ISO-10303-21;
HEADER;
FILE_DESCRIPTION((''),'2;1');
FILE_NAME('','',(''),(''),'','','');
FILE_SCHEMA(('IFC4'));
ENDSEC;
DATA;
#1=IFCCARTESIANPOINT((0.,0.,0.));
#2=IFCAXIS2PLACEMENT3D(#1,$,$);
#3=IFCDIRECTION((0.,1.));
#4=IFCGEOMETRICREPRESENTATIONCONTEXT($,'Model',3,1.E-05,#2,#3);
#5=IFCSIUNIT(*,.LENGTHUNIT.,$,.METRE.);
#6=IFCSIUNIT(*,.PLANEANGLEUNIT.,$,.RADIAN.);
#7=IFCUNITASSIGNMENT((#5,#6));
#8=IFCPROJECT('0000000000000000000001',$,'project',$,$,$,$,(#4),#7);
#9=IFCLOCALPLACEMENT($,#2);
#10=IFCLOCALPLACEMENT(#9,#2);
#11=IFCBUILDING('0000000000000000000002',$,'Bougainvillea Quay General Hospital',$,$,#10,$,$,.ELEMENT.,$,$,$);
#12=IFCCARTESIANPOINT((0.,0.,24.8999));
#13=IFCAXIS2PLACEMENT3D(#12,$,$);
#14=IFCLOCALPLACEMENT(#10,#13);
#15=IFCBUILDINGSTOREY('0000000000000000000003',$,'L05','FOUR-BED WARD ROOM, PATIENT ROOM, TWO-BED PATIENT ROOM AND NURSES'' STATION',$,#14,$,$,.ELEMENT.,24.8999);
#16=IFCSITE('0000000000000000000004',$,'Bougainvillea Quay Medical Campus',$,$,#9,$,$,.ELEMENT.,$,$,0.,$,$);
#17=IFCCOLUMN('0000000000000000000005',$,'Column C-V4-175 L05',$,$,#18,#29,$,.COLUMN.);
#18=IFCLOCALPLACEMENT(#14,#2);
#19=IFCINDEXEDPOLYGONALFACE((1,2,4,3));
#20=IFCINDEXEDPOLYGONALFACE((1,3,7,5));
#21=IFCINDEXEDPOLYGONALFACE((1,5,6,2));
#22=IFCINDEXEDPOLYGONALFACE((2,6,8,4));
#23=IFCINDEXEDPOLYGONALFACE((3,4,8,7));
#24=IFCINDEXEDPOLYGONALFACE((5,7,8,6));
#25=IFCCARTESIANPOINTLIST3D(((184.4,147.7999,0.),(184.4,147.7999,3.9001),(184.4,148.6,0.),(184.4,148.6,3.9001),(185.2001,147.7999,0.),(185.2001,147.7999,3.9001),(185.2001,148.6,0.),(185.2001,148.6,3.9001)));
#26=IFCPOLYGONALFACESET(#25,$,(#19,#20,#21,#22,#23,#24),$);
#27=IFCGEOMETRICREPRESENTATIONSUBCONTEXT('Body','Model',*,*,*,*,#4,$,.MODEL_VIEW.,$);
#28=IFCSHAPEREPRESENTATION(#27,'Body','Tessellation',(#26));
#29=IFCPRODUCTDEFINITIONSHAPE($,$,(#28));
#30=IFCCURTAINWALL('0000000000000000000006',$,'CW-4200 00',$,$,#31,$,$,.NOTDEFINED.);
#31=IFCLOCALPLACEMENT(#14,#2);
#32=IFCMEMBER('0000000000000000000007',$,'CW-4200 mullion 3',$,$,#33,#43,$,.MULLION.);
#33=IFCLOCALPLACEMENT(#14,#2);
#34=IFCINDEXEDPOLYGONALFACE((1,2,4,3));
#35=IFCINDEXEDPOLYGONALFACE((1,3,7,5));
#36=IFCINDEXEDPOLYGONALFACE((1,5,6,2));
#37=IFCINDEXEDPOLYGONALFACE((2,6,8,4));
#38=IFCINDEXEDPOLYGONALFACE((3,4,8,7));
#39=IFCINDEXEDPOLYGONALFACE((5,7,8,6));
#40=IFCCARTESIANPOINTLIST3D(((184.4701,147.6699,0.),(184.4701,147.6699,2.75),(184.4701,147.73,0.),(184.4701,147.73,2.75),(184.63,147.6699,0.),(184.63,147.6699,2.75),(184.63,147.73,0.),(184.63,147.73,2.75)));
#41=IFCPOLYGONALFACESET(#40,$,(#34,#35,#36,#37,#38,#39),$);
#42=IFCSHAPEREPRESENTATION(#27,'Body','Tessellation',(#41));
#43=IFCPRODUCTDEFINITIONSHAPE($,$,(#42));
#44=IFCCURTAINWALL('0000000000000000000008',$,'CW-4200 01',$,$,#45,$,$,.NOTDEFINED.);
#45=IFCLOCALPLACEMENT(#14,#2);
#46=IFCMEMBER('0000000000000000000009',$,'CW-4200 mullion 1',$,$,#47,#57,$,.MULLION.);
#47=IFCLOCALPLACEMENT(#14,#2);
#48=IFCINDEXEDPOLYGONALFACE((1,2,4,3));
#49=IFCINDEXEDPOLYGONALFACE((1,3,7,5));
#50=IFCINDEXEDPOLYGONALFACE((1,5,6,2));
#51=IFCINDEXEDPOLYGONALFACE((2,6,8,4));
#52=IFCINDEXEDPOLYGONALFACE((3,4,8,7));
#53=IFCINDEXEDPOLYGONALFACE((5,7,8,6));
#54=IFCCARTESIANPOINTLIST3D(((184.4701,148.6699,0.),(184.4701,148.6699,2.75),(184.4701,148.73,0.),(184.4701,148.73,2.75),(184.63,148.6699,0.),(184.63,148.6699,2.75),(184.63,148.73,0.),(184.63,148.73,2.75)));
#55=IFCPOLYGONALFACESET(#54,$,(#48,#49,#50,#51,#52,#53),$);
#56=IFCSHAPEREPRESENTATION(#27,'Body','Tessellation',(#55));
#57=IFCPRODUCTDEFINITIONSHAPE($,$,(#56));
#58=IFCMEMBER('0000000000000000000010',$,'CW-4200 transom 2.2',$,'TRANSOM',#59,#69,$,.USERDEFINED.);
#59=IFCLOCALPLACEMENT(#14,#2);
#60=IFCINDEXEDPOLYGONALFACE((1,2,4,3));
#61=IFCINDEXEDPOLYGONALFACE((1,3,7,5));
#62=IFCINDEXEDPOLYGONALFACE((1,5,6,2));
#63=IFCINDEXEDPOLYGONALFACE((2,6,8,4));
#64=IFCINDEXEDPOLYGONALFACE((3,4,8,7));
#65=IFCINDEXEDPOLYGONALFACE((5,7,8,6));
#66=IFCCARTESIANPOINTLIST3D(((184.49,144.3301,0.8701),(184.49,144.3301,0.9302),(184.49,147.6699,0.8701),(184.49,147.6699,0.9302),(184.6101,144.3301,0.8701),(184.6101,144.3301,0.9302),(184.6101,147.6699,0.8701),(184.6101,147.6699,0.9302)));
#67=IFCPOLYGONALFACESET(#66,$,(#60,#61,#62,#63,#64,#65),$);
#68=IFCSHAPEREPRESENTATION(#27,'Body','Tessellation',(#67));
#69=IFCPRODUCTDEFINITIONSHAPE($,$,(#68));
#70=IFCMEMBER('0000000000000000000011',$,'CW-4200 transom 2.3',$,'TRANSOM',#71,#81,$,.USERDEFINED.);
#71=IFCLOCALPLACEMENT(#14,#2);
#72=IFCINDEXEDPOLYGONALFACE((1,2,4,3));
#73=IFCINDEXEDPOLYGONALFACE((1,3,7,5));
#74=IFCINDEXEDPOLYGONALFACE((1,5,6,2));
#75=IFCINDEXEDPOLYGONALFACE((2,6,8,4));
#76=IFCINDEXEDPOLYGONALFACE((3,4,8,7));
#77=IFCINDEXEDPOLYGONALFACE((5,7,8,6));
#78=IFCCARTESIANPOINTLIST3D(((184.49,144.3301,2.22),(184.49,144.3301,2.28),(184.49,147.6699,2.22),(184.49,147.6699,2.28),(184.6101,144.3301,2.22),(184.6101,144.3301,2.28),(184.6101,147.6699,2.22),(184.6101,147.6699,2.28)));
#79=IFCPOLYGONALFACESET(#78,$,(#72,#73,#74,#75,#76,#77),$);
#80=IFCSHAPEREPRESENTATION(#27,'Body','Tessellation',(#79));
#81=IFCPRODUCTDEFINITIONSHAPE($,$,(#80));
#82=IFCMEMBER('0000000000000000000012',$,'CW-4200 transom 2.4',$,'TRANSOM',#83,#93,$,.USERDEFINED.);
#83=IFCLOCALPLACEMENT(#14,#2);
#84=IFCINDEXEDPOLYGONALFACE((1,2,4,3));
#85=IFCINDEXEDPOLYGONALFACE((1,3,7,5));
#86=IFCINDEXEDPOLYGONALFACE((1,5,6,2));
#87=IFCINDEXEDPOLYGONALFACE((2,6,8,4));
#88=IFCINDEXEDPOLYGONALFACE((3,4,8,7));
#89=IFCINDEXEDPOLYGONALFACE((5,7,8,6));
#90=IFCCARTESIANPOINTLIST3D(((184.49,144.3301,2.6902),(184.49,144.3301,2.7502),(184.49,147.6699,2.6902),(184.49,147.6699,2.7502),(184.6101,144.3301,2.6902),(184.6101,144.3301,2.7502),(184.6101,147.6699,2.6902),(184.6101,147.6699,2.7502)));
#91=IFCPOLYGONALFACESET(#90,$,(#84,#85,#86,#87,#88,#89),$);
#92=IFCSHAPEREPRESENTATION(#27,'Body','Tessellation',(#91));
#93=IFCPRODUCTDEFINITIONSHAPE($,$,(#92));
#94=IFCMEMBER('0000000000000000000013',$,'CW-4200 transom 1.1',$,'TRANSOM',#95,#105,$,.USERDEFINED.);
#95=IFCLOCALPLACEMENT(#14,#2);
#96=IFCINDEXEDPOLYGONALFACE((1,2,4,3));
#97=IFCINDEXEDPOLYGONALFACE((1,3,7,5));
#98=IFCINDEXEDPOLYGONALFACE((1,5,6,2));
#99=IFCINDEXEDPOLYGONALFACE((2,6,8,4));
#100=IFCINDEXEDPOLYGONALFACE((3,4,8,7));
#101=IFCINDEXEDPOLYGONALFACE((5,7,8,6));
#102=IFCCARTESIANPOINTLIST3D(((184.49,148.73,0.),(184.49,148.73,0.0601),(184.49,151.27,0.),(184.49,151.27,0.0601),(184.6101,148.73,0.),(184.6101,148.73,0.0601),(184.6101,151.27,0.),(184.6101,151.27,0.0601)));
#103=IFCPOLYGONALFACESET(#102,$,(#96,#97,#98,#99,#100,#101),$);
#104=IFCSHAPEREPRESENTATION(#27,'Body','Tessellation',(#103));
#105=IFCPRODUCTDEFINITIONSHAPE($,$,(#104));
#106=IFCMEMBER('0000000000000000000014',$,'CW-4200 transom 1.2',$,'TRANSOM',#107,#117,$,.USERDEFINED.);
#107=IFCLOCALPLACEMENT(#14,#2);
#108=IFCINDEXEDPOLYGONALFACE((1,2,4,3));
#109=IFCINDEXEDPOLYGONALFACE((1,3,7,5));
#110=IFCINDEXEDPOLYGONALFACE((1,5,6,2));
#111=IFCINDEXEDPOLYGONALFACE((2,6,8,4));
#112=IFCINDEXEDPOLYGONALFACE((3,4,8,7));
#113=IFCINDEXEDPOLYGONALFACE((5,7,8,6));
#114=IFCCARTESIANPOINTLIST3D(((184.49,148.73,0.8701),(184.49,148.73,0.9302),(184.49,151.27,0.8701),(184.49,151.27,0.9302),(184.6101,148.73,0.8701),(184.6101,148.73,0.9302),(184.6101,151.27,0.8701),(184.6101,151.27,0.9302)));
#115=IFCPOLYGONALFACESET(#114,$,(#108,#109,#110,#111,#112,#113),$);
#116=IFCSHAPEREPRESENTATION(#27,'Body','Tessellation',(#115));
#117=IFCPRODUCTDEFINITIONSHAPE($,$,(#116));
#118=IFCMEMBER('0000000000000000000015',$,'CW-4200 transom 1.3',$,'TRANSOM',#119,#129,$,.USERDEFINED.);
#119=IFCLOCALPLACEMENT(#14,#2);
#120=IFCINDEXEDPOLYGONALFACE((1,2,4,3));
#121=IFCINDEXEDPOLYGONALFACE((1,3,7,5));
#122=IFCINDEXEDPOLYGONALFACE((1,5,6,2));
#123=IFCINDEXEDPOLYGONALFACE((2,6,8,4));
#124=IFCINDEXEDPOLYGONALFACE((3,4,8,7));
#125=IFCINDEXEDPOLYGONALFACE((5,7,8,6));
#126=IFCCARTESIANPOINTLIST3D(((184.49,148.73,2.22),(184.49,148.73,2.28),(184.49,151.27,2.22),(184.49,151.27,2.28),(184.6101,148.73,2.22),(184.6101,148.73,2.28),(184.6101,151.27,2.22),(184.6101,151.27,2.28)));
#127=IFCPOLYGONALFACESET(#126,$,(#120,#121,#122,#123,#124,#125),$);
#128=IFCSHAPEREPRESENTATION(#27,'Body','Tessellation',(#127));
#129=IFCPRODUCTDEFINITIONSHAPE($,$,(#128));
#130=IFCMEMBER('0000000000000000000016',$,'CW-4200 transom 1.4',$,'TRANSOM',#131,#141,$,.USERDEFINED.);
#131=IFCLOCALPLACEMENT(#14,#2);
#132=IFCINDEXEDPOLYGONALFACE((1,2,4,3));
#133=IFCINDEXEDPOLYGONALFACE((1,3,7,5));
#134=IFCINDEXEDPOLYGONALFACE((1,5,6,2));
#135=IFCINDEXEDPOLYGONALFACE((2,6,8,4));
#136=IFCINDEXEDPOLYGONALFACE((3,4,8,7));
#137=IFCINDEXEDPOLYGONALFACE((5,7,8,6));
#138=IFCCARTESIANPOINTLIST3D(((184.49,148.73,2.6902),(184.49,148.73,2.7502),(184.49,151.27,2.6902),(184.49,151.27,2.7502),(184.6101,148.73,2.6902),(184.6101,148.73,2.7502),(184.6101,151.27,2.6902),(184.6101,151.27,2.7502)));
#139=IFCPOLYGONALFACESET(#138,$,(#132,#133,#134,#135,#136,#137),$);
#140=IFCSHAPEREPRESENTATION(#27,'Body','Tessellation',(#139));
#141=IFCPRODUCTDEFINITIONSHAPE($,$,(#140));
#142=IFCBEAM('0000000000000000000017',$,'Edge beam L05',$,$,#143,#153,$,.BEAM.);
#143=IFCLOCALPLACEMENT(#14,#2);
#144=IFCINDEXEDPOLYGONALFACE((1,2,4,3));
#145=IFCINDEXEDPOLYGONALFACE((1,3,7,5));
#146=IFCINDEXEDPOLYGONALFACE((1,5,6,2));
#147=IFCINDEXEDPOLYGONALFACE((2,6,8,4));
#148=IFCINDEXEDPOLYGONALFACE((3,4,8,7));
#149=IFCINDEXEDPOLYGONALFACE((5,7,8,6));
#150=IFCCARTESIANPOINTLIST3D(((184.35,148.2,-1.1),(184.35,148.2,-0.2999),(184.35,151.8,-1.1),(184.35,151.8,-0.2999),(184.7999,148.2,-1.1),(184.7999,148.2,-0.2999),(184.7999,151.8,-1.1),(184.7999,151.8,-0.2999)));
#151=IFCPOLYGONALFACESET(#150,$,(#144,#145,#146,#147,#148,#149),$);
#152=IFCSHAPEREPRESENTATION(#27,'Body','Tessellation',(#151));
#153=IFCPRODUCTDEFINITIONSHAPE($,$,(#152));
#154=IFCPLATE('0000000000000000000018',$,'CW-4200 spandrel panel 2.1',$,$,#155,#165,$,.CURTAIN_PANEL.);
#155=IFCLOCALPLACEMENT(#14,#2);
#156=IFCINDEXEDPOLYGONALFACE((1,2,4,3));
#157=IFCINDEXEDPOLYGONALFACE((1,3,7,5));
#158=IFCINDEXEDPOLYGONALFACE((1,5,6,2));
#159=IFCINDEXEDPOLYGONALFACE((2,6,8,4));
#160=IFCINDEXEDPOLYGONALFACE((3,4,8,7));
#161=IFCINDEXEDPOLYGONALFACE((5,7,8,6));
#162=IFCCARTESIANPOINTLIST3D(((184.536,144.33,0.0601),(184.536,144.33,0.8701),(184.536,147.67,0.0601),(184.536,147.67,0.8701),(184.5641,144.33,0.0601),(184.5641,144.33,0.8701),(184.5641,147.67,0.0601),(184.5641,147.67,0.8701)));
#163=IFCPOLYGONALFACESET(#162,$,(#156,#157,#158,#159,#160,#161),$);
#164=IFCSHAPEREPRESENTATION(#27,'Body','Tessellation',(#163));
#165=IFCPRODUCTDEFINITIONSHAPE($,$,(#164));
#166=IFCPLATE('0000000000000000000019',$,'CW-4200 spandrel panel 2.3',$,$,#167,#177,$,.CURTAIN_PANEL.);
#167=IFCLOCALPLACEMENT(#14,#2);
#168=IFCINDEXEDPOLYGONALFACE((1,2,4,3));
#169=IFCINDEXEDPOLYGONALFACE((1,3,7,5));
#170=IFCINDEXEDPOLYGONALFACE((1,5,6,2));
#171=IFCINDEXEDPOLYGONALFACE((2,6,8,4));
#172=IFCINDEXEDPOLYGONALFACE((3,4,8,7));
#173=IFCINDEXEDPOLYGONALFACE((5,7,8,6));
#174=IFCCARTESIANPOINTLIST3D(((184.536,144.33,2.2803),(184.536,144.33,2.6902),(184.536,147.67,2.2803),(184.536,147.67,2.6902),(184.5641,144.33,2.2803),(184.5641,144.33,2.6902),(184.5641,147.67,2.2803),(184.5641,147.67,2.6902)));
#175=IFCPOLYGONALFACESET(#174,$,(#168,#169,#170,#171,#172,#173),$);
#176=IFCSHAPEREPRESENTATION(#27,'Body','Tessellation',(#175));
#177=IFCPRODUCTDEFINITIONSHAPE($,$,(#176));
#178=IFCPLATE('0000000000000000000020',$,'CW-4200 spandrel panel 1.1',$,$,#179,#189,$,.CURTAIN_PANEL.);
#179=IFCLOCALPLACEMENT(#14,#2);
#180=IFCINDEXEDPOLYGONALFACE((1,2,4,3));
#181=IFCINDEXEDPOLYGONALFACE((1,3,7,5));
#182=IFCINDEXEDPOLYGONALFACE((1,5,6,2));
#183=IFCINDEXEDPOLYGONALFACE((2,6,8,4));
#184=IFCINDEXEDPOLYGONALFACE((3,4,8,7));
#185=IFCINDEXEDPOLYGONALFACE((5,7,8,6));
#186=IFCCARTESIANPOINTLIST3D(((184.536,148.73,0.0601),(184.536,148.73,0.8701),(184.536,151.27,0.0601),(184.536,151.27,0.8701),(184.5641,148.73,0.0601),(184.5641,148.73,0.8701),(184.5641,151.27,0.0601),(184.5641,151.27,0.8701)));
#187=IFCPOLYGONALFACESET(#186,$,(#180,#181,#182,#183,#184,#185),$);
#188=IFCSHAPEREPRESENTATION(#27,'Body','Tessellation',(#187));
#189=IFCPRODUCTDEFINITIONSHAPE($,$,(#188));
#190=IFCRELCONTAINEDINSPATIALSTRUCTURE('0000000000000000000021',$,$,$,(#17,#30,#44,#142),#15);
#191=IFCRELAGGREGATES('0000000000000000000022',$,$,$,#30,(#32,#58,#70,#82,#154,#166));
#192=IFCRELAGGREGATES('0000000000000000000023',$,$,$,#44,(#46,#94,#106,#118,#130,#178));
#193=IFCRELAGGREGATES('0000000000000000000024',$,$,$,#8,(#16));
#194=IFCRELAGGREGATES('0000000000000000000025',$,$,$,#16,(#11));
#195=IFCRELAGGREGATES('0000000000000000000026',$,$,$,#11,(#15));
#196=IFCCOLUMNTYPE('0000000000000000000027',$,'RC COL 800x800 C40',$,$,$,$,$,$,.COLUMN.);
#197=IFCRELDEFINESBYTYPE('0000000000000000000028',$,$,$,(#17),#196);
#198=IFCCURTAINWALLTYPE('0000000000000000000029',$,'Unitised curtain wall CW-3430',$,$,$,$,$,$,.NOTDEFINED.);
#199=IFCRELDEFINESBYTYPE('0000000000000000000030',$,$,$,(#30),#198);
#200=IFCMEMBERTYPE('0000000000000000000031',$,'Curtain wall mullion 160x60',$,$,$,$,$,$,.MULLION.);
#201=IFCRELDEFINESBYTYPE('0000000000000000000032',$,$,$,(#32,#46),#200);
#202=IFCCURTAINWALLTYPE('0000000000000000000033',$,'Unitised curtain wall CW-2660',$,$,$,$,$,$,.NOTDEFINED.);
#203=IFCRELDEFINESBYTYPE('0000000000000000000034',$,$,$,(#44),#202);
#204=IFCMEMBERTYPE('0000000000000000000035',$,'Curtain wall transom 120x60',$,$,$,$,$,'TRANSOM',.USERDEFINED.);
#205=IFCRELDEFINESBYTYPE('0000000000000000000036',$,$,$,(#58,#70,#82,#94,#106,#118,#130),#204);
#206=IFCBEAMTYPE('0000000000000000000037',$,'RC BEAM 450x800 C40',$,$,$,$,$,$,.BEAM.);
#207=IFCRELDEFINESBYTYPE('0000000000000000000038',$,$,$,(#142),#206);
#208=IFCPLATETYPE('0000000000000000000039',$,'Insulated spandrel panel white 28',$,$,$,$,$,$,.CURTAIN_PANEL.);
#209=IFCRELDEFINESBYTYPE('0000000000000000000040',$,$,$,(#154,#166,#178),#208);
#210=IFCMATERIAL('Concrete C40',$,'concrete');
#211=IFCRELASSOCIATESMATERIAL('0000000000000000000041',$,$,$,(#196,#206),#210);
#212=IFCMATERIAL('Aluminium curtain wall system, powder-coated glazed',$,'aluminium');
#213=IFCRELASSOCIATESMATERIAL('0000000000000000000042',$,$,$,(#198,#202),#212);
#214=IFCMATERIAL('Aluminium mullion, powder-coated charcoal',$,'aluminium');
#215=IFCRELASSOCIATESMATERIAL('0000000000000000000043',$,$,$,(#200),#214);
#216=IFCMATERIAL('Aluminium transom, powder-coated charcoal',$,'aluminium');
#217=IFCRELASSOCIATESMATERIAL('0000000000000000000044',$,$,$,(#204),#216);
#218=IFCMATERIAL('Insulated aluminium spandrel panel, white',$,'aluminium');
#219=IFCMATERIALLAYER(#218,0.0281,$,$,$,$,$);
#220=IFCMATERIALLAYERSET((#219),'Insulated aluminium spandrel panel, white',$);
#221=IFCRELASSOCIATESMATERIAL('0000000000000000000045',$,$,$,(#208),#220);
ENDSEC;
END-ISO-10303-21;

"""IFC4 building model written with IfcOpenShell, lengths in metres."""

from ifc_helpers import new_model, si_unit, direction, frame, origin, origin_2d, place, context, subcontext, project, spatial, rectangle, extrude, material, layer, layer_set, material_profile, profile_set, type_object, element, aggregate, save


model = new_model("IFC4")

# Units and contexts
model_context = context("Model", 3, precision=1e-05, world=origin(), true_north=direction((0.0, 1.0)))
body_context = subcontext(model_context, "Body", "Model", "MODEL_VIEW")
ifc_project = project(units=[si_unit("LENGTHUNIT", "METRE"), si_unit("PLANEANGLEUNIT", "RADIAN")], contexts=[model_context])

# Site, building, storey
site_placement = place(None, origin())
site = spatial("IfcSite", under=ifc_project, at=site_placement, Name="Bougainvillea Quay Medical Campus", CompositionType="ELEMENT", RefElevation=0.0)
building_placement = place(site_placement, origin())
building = spatial("IfcBuilding", under=site, at=building_placement, Name="Bougainvillea Quay General Hospital", CompositionType="ELEMENT")
storey_placement = place(building_placement, frame((0.0, 0.0, 24.8999)))
storey = spatial("IfcBuildingStorey", under=building, at=storey_placement, Name="L05", Description="FOUR-BED WARD ROOM, PATIENT ROOM, TWO-BED PATIENT ROOM AND NURSES' STATION", CompositionType="ELEMENT", Elevation=24.8999)

# Column
ifc_material_1 = material(Name="Concrete C40", Category="concrete")
ifc_material_profile_1 = material_profile(ifc_material_1, rectangle(XDim=0.8, YDim=0.8, at=origin_2d()))
ifc_profile_set_1 = profile_set([ifc_material_profile_1], Name="Concrete C40")
column_type = type_object("IfcColumnType", Name="RC COL 800x800 C40", PredefinedType="COLUMN", material=ifc_profile_set_1)
column_placement = place(storey_placement, frame((184.8, 148.2, 0.0), z_axis=(0.0, 0.0, 1.0), x_axis=(1.0, 0.0, 0.0)))
element("IfcColumn", 1, at=column_placement, inside=storey, type_object=column_type, Name="Column C-V4-175 L05", PredefinedType="COLUMN", context=body_context, shape_type="SweptSolid", body=[
    extrude(rectangle(XDim=0.8, YDim=0.8, at=origin_2d()), origin(), (0.0, 0.0, 1.0), 3.9001),
])

# Curtain walls, members
ifc_material_2 = material(Name="Aluminium curtain wall system, powder-coated glazed", Category="aluminium")
curtain_wall_type_1 = type_object("IfcCurtainWallType", Name="Unitised curtain wall CW-3430", PredefinedType="NOTDEFINED", material=ifc_material_2)
curtain_wall_1_placement = place(storey_placement, origin())
curtain_wall_1 = element("IfcCurtainWall", 2, at=curtain_wall_1_placement, inside=storey, type_object=curtain_wall_type_1, Name="CW-4200 00", PredefinedType="NOTDEFINED")
ifc_material_3 = material(Name="Aluminium mullion, powder-coated charcoal", Category="aluminium")
ifc_material_profile_2 = material_profile(ifc_material_3, rectangle(XDim=0.1599, YDim=0.0601, at=origin_2d()))
ifc_profile_set_2 = profile_set([ifc_material_profile_2], Name="Aluminium mullion, powder-coated charcoal")
member_type_1 = type_object("IfcMemberType", Name="Curtain wall mullion 160x60", PredefinedType="MULLION", material=ifc_profile_set_2)
member_1_placement = place(storey_placement, frame((184.55, 147.7, 0.0), z_axis=(0.0, 0.0, 1.0), x_axis=(-1.0, 0.0, 0.0)))
member_1 = element("IfcMember", 3, at=member_1_placement, type_object=member_type_1, Name="CW-4200 mullion 3", PredefinedType="MULLION", context=body_context, shape_type="SweptSolid", body=[
    extrude(rectangle(XDim=0.1599, YDim=0.0601, at=origin_2d()), origin(), (0.0, 0.0, 1.0), 2.75),
])
curtain_wall_type_2 = type_object("IfcCurtainWallType", Name="Unitised curtain wall CW-2660", PredefinedType="NOTDEFINED", material=ifc_material_2)
curtain_wall_2_placement = place(storey_placement, origin())
curtain_wall_2 = element("IfcCurtainWall", 4, at=curtain_wall_2_placement, inside=storey, type_object=curtain_wall_type_2, Name="CW-4200 01", PredefinedType="NOTDEFINED")
member_2_placement = place(storey_placement, frame((184.55, 148.7, 0.0), z_axis=(0.0, 0.0, 1.0), x_axis=(-1.0, 0.0, 0.0)))
member_2 = element("IfcMember", 5, at=member_2_placement, type_object=member_type_1, Name="CW-4200 mullion 1", PredefinedType="MULLION", context=body_context, shape_type="SweptSolid", body=[
    extrude(rectangle(XDim=0.1599, YDim=0.0601, at=origin_2d()), origin(), (0.0, 0.0, 1.0), 2.75),
])

# Members
ifc_material_4 = material(Name="Aluminium transom, powder-coated charcoal", Category="aluminium")
ifc_material_profile_3 = material_profile(ifc_material_4, rectangle(XDim=0.1201, YDim=0.0601, at=origin_2d()))
ifc_profile_set_3 = profile_set([ifc_material_profile_3], Name="Aluminium transom, powder-coated charcoal")
member_type_2 = type_object("IfcMemberType", Name="Curtain wall transom 120x60", ElementType="TRANSOM", PredefinedType="USERDEFINED", material=ifc_profile_set_3)
member_3_placement = place(storey_placement, frame((184.55, 144.3301, 0.9001), z_axis=(0.0, 1.0, 0.0), x_axis=(-1.0, 0.0, 0.0)))
member_3 = element("IfcMember", 6, at=member_3_placement, type_object=member_type_2, Name="CW-4200 transom 2.2", ObjectType="TRANSOM", PredefinedType="USERDEFINED", context=body_context, shape_type="SweptSolid", body=[
    extrude(rectangle(XDim=0.1201, YDim=0.0601, at=origin_2d()), origin(), (0.0, 0.0, 1.0), 3.3398),
])
member_4_placement = place(storey_placement, frame((184.55, 144.3301, 2.25), z_axis=(0.0, 1.0, 0.0), x_axis=(-1.0, 0.0, 0.0)))
member_4 = element("IfcMember", 7, at=member_4_placement, type_object=member_type_2, Name="CW-4200 transom 2.3", ObjectType="TRANSOM", PredefinedType="USERDEFINED", context=body_context, shape_type="SweptSolid", body=[
    extrude(rectangle(XDim=0.1201, YDim=0.0601, at=origin_2d()), origin(), (0.0, 0.0, 1.0), 3.3398),
])
member_5_placement = place(storey_placement, frame((184.55, 144.3301, 2.7202), z_axis=(0.0, 1.0, 0.0), x_axis=(-1.0, 0.0, 0.0)))
member_5 = element("IfcMember", 8, at=member_5_placement, type_object=member_type_2, Name="CW-4200 transom 2.4", ObjectType="TRANSOM", PredefinedType="USERDEFINED", context=body_context, shape_type="SweptSolid", body=[
    extrude(rectangle(XDim=0.1201, YDim=0.0601, at=origin_2d()), origin(), (0.0, 0.0, 1.0), 3.3398),
])
member_6_placement = place(storey_placement, frame((184.55, 148.73, 0.03), z_axis=(0.0, 1.0, 0.0), x_axis=(-1.0, 0.0, 0.0)))
member_6 = element("IfcMember", 9, at=member_6_placement, type_object=member_type_2, Name="CW-4200 transom 1.1", ObjectType="TRANSOM", PredefinedType="USERDEFINED", context=body_context, shape_type="SweptSolid", body=[
    extrude(rectangle(XDim=0.1201, YDim=0.0601, at=origin_2d()), origin(), (0.0, 0.0, 1.0), 2.54),
])
member_7_placement = place(storey_placement, frame((184.55, 148.73, 0.9001), z_axis=(0.0, 1.0, 0.0), x_axis=(-1.0, 0.0, 0.0)))
member_7 = element("IfcMember", 10, at=member_7_placement, type_object=member_type_2, Name="CW-4200 transom 1.2", ObjectType="TRANSOM", PredefinedType="USERDEFINED", context=body_context, shape_type="SweptSolid", body=[
    extrude(rectangle(XDim=0.1201, YDim=0.0601, at=origin_2d()), origin(), (0.0, 0.0, 1.0), 2.54),
])
member_8_placement = place(storey_placement, frame((184.55, 148.73, 2.25), z_axis=(0.0, 1.0, 0.0), x_axis=(-1.0, 0.0, 0.0)))
member_8 = element("IfcMember", 11, at=member_8_placement, type_object=member_type_2, Name="CW-4200 transom 1.3", ObjectType="TRANSOM", PredefinedType="USERDEFINED", context=body_context, shape_type="SweptSolid", body=[
    extrude(rectangle(XDim=0.1201, YDim=0.0601, at=origin_2d()), origin(), (0.0, 0.0, 1.0), 2.54),
])
member_9_placement = place(storey_placement, frame((184.55, 148.73, 2.7202), z_axis=(0.0, 1.0, 0.0), x_axis=(-1.0, 0.0, 0.0)))
member_9 = element("IfcMember", 12, at=member_9_placement, type_object=member_type_2, Name="CW-4200 transom 1.4", ObjectType="TRANSOM", PredefinedType="USERDEFINED", context=body_context, shape_type="SweptSolid", body=[
    extrude(rectangle(XDim=0.1201, YDim=0.0601, at=origin_2d()), origin(), (0.0, 0.0, 1.0), 2.54),
])

# Beam
ifc_material_profile_4 = material_profile(ifc_material_1, rectangle(XDim=0.45, YDim=0.8, at=origin_2d()))
ifc_profile_set_4 = profile_set([ifc_material_profile_4], Name="Concrete C40")
beam_type = type_object("IfcBeamType", Name="RC BEAM 450x800 C40", PredefinedType="BEAM", material=ifc_profile_set_4)
beam_placement = place(storey_placement, frame((184.575, 148.2, -0.7), z_axis=(0.0, 1.0, 0.0), x_axis=(-1.0, 0.0, 0.0)))
element("IfcBeam", 13, at=beam_placement, inside=storey, type_object=beam_type, Name="Edge beam L05", PredefinedType="BEAM", context=body_context, shape_type="SweptSolid", body=[
    extrude(rectangle(XDim=0.45, YDim=0.8, at=origin_2d()), origin(), (0.0, 0.0, 1.0), 3.6001),
])

# Plates
ifc_material_5 = material(Name="Insulated aluminium spandrel panel, white", Category="aluminium")
ifc_layer_1 = layer(ifc_material_5, 0.0281)
ifc_layer_set_1 = layer_set([ifc_layer_1], Name="Insulated aluminium spandrel panel, white")
plate_type_1 = type_object("IfcPlateType", Name="Insulated spandrel panel white 28", PredefinedType="CURTAIN_PANEL", material=ifc_layer_set_1)
plate_1_placement = place(storey_placement, frame((184.55, 146.0, 0.0601), z_axis=(0.0, 0.0, 1.0), x_axis=(0.0, 1.0, 0.0)))
plate_1 = element("IfcPlate", 14, at=plate_1_placement, type_object=plate_type_1, Name="CW-4200 spandrel panel 2.1", PredefinedType="CURTAIN_PANEL", context=body_context, shape_type="SweptSolid", body=[
    extrude(rectangle(XDim=3.3401, YDim=0.0281, at=origin_2d()), origin(), (0.0, 0.0, 1.0), 0.8101),
])
plate_2_placement = place(storey_placement, frame((184.55, 146.0, 2.2803), z_axis=(0.0, 0.0, 1.0), x_axis=(0.0, 1.0, 0.0)))
plate_2 = element("IfcPlate", 15, at=plate_2_placement, type_object=plate_type_1, Name="CW-4200 spandrel panel 2.3", PredefinedType="CURTAIN_PANEL", context=body_context, shape_type="SweptSolid", body=[
    extrude(rectangle(XDim=3.3401, YDim=0.0281, at=origin_2d()), origin(), (0.0, 0.0, 1.0), 0.4099),
])
plate_3_placement = place(storey_placement, frame((184.55, 150.0, 0.0601), z_axis=(0.0, 0.0, 1.0), x_axis=(0.0, 1.0, 0.0)))
plate_3 = element("IfcPlate", 16, at=plate_3_placement, type_object=plate_type_1, Name="CW-4200 spandrel panel 1.1", PredefinedType="CURTAIN_PANEL", context=body_context, shape_type="SweptSolid", body=[
    extrude(rectangle(XDim=2.54, YDim=0.0281, at=origin_2d()), origin(), (0.0, 0.0, 1.0), 0.8101),
])
aggregate(curtain_wall_1, [member_1, member_3, member_4, member_5, plate_1, plate_2])
aggregate(curtain_wall_2, [member_2, member_6, member_7, member_8, member_9, plate_3])

save(model, "model.ifc")
